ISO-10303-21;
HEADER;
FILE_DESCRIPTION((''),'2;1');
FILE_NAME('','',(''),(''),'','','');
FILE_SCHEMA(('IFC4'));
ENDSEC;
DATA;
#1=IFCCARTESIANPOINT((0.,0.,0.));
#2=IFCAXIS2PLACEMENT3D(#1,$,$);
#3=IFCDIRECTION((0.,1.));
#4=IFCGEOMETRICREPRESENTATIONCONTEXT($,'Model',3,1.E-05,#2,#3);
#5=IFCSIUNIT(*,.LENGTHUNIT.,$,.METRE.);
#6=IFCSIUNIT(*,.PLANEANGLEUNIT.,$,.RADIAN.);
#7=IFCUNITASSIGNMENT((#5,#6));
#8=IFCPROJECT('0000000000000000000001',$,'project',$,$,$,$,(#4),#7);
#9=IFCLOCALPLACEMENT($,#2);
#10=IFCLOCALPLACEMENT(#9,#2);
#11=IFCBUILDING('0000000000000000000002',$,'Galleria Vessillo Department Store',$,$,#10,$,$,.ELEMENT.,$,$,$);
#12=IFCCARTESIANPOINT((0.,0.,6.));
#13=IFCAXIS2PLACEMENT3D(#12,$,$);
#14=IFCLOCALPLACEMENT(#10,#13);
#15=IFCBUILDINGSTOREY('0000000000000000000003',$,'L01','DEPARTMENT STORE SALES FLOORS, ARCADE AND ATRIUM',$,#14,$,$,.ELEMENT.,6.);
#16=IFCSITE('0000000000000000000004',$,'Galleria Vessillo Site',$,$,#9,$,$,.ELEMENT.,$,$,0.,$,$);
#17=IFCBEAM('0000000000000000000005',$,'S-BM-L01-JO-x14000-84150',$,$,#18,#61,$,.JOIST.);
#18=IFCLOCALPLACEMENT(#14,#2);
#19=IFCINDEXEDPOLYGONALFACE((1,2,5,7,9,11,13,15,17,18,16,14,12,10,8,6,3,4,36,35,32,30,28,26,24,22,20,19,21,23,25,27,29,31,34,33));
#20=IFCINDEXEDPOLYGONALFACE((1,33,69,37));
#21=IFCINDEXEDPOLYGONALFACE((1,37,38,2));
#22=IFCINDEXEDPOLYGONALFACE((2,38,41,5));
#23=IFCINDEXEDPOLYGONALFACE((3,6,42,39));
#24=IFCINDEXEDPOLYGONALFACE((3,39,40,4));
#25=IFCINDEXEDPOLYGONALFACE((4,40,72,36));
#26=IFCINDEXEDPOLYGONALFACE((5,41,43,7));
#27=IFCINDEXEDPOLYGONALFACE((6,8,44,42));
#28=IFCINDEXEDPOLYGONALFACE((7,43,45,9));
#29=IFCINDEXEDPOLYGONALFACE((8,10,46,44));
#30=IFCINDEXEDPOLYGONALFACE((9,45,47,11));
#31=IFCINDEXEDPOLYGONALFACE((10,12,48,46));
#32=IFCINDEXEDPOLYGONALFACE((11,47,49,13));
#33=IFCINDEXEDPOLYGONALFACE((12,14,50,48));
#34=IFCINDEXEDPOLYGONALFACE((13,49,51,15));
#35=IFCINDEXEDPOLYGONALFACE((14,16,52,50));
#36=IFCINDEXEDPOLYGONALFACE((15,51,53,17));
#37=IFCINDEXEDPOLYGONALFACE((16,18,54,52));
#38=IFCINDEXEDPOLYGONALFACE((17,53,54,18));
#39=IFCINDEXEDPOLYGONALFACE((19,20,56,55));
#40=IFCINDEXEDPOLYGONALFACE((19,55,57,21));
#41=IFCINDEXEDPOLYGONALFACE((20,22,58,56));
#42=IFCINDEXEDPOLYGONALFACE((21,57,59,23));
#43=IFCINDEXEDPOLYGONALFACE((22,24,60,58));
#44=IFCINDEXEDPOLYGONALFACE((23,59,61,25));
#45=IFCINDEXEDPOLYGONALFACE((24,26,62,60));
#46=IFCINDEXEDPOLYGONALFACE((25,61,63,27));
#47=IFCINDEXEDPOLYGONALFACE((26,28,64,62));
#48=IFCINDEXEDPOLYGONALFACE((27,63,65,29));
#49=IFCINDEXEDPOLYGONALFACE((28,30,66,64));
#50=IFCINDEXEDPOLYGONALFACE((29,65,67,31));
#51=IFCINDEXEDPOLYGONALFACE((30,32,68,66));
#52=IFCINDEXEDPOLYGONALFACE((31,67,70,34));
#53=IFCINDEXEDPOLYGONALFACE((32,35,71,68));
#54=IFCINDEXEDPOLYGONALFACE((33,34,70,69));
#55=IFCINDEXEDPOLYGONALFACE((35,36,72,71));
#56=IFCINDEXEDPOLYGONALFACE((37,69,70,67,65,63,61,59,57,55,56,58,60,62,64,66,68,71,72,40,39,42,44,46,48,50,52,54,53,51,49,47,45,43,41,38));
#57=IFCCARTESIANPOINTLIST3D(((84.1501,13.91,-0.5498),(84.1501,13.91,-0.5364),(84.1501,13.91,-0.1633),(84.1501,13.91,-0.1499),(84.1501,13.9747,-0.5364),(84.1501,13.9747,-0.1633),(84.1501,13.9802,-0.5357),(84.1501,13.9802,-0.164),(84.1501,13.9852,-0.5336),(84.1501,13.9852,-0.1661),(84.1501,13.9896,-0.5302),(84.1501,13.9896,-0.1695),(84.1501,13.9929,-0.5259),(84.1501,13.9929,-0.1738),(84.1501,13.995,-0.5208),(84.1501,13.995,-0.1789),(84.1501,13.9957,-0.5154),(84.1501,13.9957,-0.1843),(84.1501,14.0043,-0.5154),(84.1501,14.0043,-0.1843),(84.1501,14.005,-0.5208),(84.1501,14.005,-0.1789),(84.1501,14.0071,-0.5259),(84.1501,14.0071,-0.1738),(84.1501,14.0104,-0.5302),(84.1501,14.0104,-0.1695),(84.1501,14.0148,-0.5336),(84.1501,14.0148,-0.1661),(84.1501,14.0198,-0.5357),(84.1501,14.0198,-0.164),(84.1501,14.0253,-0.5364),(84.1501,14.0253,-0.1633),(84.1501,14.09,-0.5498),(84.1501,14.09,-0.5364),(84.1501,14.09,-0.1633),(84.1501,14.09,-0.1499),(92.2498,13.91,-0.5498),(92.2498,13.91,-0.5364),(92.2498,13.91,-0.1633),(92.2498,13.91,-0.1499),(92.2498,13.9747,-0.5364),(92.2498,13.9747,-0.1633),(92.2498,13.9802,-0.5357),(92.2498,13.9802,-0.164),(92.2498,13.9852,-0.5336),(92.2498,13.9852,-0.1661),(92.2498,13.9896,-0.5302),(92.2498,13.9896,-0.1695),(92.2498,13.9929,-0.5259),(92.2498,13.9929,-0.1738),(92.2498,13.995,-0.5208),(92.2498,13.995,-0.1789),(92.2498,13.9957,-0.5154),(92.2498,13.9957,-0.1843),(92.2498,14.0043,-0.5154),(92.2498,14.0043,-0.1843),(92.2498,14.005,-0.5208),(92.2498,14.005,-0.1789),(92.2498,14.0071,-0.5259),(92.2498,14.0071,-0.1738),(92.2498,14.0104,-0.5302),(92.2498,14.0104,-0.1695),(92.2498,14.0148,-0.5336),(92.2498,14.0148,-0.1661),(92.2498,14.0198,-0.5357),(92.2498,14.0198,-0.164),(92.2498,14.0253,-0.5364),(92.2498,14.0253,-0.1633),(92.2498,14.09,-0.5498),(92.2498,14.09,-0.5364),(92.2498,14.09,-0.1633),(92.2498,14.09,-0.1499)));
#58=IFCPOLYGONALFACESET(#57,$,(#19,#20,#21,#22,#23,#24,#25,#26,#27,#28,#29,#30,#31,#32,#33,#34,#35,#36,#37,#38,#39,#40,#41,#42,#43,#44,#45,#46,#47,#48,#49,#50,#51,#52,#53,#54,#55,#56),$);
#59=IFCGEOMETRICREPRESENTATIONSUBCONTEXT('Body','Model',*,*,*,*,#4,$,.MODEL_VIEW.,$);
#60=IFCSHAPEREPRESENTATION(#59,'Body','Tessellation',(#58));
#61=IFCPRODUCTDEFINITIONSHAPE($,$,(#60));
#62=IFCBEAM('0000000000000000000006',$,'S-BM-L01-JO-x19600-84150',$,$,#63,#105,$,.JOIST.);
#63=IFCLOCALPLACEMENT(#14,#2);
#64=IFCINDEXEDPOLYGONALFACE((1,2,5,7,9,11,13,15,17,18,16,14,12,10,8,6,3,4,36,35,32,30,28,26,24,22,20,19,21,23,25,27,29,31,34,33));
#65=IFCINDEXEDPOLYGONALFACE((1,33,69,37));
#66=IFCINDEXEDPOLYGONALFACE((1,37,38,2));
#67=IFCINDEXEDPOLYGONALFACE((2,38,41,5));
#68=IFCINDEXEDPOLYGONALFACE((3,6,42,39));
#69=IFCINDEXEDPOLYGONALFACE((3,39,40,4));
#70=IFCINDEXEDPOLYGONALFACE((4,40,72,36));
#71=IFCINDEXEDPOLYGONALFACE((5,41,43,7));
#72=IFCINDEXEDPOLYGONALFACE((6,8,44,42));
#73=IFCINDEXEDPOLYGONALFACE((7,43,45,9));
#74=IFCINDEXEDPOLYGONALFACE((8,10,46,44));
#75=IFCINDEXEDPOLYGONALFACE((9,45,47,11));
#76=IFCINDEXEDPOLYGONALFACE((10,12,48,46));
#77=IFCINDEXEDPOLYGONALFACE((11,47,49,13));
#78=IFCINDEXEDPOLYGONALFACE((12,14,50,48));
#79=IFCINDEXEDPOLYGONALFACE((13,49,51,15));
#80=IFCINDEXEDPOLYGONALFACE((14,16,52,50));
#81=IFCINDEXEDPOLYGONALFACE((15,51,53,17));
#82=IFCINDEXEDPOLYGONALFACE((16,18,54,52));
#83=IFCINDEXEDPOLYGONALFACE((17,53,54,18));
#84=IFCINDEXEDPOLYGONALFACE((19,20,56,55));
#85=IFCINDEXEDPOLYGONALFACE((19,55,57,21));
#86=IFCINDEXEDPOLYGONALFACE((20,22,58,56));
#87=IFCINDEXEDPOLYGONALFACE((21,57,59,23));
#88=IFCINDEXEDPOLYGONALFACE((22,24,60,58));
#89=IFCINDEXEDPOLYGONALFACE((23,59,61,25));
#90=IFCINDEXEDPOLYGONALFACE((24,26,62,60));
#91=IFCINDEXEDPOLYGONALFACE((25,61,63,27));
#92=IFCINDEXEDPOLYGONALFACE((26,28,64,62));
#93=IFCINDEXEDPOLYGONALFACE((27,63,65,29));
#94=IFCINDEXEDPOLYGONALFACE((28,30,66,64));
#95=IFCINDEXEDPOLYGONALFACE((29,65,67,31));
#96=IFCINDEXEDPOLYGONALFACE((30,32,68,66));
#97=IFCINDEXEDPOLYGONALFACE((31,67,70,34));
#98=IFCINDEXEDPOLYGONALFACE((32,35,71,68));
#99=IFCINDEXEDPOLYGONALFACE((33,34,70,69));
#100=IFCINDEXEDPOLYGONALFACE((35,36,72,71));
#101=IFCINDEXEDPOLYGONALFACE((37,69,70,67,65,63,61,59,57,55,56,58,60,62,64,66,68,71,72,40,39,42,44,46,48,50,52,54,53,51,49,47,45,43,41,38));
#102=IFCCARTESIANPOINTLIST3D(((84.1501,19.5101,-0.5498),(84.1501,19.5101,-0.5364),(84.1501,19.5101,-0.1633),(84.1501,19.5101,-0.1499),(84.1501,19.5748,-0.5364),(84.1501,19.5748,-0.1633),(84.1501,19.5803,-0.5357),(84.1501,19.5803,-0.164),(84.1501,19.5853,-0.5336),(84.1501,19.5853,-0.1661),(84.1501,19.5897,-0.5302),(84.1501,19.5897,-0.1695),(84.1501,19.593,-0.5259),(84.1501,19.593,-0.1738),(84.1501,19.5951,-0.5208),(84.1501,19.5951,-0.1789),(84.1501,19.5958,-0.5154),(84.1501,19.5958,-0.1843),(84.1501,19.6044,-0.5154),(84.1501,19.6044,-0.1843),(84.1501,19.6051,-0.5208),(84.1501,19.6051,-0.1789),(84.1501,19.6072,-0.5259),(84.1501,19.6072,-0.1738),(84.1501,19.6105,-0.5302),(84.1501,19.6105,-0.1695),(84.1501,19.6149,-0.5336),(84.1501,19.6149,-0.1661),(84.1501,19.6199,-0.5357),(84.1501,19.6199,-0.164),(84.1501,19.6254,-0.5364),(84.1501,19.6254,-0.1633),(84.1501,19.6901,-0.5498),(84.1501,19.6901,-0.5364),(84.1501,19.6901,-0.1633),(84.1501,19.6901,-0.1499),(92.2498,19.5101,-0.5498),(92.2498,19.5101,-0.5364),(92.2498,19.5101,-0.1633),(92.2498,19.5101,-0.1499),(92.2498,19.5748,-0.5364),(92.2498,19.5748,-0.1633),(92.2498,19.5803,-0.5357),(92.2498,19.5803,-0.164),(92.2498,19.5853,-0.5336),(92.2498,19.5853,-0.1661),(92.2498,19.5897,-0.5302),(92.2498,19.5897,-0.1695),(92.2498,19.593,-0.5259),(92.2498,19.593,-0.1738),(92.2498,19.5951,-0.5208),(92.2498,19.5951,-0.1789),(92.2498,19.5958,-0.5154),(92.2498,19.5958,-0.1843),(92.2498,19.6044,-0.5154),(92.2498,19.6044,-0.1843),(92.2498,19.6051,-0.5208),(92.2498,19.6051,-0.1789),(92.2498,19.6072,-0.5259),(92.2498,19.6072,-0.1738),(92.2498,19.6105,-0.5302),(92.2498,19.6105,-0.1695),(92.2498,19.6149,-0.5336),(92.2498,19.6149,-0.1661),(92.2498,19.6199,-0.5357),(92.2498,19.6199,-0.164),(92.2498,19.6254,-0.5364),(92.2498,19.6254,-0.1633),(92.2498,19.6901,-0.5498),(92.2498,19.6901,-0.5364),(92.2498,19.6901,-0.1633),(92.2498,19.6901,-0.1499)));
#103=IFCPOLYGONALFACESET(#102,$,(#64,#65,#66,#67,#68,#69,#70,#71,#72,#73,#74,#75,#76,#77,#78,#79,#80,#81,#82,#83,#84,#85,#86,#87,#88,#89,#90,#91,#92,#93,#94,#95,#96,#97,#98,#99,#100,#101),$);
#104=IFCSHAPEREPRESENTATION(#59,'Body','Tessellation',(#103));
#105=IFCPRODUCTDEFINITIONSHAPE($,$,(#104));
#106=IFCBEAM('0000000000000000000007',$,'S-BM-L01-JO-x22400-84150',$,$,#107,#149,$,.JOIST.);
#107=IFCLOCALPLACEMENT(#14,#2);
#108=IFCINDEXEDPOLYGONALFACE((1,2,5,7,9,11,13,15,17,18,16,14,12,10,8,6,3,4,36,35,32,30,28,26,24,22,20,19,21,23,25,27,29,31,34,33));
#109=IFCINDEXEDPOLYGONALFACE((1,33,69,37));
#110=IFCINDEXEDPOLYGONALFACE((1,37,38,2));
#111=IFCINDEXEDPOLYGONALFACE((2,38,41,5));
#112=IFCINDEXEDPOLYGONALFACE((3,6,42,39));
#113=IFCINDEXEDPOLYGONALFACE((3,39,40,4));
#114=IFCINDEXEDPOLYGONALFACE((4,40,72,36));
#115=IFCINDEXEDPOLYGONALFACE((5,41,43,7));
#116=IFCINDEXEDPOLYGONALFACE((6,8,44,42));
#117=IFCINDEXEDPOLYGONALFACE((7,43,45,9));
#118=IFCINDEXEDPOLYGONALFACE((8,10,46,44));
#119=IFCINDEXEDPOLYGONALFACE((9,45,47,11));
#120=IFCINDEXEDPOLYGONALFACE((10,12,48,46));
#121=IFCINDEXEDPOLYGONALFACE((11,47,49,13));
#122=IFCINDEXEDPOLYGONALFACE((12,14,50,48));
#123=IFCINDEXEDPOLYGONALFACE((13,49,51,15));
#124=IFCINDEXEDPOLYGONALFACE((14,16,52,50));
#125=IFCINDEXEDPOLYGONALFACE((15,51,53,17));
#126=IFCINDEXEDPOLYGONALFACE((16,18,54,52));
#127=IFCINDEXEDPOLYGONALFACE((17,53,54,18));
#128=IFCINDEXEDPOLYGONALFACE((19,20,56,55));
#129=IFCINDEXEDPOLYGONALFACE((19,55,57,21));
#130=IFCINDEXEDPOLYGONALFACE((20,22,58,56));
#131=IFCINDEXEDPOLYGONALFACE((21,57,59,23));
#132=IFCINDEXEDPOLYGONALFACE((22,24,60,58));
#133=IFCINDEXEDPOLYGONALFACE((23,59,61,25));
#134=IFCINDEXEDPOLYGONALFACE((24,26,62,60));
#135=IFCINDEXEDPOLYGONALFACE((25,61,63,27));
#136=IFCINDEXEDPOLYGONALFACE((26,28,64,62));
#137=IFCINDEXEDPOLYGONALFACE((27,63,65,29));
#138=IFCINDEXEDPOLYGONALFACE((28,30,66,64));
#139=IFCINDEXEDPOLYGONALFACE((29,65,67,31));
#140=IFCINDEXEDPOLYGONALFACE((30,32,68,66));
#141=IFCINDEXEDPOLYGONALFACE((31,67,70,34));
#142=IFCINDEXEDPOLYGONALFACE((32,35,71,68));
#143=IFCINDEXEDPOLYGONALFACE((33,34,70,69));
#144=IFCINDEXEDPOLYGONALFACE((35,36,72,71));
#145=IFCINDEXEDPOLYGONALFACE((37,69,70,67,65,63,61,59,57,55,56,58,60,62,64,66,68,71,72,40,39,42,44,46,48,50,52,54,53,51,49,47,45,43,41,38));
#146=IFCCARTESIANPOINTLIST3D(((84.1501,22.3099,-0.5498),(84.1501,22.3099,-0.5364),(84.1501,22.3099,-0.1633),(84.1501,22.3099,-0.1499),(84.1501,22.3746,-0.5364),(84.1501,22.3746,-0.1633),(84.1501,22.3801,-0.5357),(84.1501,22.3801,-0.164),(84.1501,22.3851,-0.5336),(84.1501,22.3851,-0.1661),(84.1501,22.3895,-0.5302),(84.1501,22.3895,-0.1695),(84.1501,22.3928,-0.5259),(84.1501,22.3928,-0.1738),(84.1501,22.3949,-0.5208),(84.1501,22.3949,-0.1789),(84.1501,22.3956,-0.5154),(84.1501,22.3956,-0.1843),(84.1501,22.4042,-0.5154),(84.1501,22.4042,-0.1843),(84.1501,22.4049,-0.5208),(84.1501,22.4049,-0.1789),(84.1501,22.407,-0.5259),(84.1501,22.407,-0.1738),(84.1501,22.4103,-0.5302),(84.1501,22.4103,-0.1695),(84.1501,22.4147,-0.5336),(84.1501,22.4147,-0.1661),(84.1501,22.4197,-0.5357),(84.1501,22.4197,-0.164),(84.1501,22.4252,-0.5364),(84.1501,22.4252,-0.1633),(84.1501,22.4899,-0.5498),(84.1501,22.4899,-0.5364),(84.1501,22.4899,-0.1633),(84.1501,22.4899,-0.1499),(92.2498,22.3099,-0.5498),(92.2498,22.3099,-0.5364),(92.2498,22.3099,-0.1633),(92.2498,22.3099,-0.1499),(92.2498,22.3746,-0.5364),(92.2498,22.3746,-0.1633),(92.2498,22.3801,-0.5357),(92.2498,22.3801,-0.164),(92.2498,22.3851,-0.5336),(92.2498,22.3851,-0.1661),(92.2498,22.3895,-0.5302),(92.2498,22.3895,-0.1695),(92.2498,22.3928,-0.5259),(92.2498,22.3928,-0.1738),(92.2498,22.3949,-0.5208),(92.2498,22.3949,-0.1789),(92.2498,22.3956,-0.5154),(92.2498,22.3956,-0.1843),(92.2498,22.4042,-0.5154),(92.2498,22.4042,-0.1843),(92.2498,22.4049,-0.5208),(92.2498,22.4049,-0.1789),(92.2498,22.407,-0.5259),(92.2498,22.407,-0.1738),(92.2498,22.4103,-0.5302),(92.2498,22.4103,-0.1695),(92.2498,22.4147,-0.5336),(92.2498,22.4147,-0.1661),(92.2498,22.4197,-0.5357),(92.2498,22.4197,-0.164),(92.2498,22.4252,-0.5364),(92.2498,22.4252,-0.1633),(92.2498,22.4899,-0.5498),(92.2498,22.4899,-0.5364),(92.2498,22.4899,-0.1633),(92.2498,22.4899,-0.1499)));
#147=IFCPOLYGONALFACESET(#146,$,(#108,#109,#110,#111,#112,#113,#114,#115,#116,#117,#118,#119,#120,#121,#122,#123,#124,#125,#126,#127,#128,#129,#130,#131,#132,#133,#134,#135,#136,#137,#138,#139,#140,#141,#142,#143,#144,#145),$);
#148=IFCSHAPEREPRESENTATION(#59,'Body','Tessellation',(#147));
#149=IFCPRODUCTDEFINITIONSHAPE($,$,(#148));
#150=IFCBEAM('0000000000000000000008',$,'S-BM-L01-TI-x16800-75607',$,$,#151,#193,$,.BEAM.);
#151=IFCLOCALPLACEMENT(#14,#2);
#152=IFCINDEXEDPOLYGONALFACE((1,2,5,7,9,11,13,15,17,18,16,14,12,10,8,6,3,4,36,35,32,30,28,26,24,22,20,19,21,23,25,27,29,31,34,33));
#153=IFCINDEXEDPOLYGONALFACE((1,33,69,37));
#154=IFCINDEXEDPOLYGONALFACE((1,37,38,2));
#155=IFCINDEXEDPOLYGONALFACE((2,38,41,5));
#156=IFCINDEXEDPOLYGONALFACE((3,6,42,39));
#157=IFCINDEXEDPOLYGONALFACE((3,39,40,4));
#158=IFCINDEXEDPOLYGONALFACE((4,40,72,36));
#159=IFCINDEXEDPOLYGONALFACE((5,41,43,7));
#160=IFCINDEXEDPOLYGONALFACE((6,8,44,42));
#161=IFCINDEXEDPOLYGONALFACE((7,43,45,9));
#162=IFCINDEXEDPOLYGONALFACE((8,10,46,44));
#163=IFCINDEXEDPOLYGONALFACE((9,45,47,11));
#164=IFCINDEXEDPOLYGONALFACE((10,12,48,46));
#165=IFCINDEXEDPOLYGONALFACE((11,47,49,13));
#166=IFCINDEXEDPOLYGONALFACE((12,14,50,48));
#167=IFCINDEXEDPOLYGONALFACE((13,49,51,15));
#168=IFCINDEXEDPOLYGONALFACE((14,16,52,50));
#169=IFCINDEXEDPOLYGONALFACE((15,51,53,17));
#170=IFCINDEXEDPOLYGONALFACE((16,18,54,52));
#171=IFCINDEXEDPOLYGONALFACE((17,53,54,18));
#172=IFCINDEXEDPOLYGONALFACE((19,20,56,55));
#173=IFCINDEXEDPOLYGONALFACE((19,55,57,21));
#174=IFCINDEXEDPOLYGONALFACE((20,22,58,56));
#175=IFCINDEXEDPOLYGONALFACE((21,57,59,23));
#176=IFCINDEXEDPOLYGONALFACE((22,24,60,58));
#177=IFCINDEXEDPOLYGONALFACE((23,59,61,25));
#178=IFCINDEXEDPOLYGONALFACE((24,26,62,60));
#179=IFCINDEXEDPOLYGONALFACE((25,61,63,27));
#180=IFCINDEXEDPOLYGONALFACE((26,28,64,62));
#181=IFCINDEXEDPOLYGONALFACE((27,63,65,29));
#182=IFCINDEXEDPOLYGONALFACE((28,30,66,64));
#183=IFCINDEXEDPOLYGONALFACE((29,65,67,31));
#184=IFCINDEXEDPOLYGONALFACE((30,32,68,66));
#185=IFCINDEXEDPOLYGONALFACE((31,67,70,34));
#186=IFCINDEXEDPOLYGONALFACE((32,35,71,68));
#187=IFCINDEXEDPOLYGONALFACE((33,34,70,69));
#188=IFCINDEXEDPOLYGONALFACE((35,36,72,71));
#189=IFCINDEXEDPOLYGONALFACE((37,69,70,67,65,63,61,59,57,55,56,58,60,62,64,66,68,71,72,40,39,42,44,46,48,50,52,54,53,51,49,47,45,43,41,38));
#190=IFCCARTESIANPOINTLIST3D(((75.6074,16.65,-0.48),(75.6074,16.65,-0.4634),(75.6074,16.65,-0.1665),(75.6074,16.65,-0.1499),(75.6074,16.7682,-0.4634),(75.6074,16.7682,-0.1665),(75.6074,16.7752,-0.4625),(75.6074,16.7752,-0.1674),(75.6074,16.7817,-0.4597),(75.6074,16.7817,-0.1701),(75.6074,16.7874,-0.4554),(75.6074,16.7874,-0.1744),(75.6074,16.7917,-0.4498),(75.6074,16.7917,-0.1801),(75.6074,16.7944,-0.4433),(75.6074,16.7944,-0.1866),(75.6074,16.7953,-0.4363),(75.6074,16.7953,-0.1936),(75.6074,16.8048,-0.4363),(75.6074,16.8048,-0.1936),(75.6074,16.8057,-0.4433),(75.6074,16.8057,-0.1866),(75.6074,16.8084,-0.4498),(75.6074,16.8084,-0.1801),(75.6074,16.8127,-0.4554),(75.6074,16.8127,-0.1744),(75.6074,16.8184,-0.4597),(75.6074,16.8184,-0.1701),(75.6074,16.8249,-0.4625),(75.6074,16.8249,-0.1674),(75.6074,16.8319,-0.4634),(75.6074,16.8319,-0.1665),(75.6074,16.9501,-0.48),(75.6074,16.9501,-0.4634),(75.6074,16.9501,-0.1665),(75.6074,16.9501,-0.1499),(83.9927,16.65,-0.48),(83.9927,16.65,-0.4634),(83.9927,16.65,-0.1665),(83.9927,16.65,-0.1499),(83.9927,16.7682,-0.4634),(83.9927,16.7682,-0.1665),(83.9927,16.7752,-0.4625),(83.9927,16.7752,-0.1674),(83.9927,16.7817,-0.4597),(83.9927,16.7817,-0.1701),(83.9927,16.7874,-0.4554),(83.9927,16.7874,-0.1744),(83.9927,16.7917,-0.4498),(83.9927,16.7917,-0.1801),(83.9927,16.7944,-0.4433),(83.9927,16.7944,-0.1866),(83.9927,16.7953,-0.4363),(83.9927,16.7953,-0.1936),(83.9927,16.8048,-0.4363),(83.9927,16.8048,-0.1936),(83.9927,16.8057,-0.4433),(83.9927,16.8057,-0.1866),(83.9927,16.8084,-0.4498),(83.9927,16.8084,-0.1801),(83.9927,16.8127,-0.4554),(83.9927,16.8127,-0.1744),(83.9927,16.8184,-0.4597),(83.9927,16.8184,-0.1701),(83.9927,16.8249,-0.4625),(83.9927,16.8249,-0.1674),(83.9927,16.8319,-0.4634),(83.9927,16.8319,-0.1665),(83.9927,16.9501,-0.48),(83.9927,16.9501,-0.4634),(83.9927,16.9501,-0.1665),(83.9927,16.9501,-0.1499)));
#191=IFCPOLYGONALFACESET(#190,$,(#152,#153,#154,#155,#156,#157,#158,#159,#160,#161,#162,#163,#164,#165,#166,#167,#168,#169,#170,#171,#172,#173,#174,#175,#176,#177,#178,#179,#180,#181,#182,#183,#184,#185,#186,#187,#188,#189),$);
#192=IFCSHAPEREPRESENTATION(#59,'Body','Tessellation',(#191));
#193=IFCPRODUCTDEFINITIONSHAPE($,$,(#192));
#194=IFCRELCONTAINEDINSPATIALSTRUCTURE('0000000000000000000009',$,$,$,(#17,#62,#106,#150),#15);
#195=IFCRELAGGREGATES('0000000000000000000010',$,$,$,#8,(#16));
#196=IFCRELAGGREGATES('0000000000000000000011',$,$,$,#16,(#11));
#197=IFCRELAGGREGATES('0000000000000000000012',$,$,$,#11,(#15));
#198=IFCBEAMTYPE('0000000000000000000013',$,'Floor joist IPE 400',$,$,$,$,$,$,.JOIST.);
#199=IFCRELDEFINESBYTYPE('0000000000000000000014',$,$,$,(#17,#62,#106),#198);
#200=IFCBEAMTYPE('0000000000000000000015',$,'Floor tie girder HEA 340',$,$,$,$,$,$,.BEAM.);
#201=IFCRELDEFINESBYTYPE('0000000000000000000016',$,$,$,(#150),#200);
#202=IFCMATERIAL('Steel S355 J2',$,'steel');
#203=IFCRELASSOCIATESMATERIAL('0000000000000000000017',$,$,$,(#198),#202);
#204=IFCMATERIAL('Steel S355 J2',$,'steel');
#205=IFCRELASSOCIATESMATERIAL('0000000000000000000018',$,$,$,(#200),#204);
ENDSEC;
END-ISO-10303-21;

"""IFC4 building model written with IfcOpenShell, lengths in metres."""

from ifc_helpers import new_model, si_unit, direction, frame, origin, origin_2d, place, context, subcontext, project, spatial, i_section, extrude, material, material_profile, profile_set, type_object, element, save


model = new_model("IFC4")

# Units and contexts
model_context = context("Model", 3, precision=1e-05, world=origin(), true_north=direction((0.0, 1.0)))
body_context = subcontext(model_context, "Body", "Model", "MODEL_VIEW")
ifc_project = project(units=[si_unit("LENGTHUNIT", "METRE"), si_unit("PLANEANGLEUNIT", "RADIAN")], contexts=[model_context])

# Site, building, storey
site_placement = place(None, origin())
site = spatial("IfcSite", under=ifc_project, at=site_placement, Name="Galleria Vessillo Site", CompositionType="ELEMENT", RefElevation=0.0)
building_placement = place(site_placement, origin())
building = spatial("IfcBuilding", under=site, at=building_placement, Name="Galleria Vessillo Department Store", CompositionType="ELEMENT")
storey_placement = place(building_placement, frame((0.0, 0.0, 6.0)))
storey = spatial("IfcBuildingStorey", under=building, at=storey_placement, Name="L01", Description="DEPARTMENT STORE SALES FLOORS, ARCADE AND ATRIUM", CompositionType="ELEMENT", Elevation=6.0)

# Beams
ifc_material_1 = material(Name="Steel S355 J2", Category="steel")
ifc_material_profile_1 = material_profile(ifc_material_1, i_section(OverallWidth=0.1799, OverallDepth=0.3999, WebThickness=0.0085, FlangeThickness=0.0134, FilletRadius=0.021, at=origin_2d()), Name="IPE 400")
ifc_profile_set_1 = profile_set([ifc_material_profile_1], Name="Steel S355 J2")
beam_type_1 = type_object("IfcBeamType", Name="Floor joist IPE 400", PredefinedType="JOIST", material=ifc_profile_set_1)
for number, where, z_axis, x_axis, name in (
    (1, (84.1501, 14.0, -0.3499), (1.0, 0.0, 0.0), (0.0, 1.0, 0.0), "S-BM-L01-JO-x14000-84150"),
    (2, (84.1501, 19.6001, -0.3499), (1.0, 0.0, 0.0), (0.0, 1.0, 0.0), "S-BM-L01-JO-x19600-84150"),
    (3, (84.1501, 22.3999, -0.3499), (1.0, 0.0, 0.0), (0.0, 1.0, 0.0), "S-BM-L01-JO-x22400-84150"),
):
    element("IfcBeam", number, at=place(storey_placement, frame(where, z_axis=z_axis, x_axis=x_axis)), inside=storey, type_object=beam_type_1, Name=name, PredefinedType="JOIST", context=body_context, shape_type="SweptSolid", body=[
        extrude(i_section(OverallWidth=0.1799, OverallDepth=0.3999, WebThickness=0.0085, FlangeThickness=0.0134, FilletRadius=0.021, at=origin_2d()), origin(), (0.0, 0.0, 1.0), 8.0996),
    ])
ifc_material_2 = material(Name="Steel S355 J2", Category="steel")
ifc_material_profile_2 = material_profile(ifc_material_2, i_section(OverallWidth=0.3, OverallDepth=0.3301, WebThickness=0.0095, FlangeThickness=0.0166, FilletRadius=0.0271, at=origin_2d()), Name="HEA 340")
ifc_profile_set_2 = profile_set([ifc_material_profile_2], Name="Steel S355 J2")
beam_type_2 = type_object("IfcBeamType", Name="Floor tie girder HEA 340", PredefinedType="BEAM", material=ifc_profile_set_2)
for number, where, z_axis, x_axis, name in (
    (4, (75.6074, 16.8, -0.3149), (1.0, 0.0, 0.0), (0.0, 1.0, 0.0), "S-BM-L01-TI-x16800-75607"),
):
    element("IfcBeam", number, at=place(storey_placement, frame(where, z_axis=z_axis, x_axis=x_axis)), inside=storey, type_object=beam_type_2, Name=name, PredefinedType="BEAM", context=body_context, shape_type="SweptSolid", body=[
        extrude(i_section(OverallWidth=0.3, OverallDepth=0.3301, WebThickness=0.0095, FlangeThickness=0.0166, FilletRadius=0.0271, at=origin_2d()), origin(), (0.0, 0.0, 1.0), 8.3853),
    ])

save(model, "model.ifc")
